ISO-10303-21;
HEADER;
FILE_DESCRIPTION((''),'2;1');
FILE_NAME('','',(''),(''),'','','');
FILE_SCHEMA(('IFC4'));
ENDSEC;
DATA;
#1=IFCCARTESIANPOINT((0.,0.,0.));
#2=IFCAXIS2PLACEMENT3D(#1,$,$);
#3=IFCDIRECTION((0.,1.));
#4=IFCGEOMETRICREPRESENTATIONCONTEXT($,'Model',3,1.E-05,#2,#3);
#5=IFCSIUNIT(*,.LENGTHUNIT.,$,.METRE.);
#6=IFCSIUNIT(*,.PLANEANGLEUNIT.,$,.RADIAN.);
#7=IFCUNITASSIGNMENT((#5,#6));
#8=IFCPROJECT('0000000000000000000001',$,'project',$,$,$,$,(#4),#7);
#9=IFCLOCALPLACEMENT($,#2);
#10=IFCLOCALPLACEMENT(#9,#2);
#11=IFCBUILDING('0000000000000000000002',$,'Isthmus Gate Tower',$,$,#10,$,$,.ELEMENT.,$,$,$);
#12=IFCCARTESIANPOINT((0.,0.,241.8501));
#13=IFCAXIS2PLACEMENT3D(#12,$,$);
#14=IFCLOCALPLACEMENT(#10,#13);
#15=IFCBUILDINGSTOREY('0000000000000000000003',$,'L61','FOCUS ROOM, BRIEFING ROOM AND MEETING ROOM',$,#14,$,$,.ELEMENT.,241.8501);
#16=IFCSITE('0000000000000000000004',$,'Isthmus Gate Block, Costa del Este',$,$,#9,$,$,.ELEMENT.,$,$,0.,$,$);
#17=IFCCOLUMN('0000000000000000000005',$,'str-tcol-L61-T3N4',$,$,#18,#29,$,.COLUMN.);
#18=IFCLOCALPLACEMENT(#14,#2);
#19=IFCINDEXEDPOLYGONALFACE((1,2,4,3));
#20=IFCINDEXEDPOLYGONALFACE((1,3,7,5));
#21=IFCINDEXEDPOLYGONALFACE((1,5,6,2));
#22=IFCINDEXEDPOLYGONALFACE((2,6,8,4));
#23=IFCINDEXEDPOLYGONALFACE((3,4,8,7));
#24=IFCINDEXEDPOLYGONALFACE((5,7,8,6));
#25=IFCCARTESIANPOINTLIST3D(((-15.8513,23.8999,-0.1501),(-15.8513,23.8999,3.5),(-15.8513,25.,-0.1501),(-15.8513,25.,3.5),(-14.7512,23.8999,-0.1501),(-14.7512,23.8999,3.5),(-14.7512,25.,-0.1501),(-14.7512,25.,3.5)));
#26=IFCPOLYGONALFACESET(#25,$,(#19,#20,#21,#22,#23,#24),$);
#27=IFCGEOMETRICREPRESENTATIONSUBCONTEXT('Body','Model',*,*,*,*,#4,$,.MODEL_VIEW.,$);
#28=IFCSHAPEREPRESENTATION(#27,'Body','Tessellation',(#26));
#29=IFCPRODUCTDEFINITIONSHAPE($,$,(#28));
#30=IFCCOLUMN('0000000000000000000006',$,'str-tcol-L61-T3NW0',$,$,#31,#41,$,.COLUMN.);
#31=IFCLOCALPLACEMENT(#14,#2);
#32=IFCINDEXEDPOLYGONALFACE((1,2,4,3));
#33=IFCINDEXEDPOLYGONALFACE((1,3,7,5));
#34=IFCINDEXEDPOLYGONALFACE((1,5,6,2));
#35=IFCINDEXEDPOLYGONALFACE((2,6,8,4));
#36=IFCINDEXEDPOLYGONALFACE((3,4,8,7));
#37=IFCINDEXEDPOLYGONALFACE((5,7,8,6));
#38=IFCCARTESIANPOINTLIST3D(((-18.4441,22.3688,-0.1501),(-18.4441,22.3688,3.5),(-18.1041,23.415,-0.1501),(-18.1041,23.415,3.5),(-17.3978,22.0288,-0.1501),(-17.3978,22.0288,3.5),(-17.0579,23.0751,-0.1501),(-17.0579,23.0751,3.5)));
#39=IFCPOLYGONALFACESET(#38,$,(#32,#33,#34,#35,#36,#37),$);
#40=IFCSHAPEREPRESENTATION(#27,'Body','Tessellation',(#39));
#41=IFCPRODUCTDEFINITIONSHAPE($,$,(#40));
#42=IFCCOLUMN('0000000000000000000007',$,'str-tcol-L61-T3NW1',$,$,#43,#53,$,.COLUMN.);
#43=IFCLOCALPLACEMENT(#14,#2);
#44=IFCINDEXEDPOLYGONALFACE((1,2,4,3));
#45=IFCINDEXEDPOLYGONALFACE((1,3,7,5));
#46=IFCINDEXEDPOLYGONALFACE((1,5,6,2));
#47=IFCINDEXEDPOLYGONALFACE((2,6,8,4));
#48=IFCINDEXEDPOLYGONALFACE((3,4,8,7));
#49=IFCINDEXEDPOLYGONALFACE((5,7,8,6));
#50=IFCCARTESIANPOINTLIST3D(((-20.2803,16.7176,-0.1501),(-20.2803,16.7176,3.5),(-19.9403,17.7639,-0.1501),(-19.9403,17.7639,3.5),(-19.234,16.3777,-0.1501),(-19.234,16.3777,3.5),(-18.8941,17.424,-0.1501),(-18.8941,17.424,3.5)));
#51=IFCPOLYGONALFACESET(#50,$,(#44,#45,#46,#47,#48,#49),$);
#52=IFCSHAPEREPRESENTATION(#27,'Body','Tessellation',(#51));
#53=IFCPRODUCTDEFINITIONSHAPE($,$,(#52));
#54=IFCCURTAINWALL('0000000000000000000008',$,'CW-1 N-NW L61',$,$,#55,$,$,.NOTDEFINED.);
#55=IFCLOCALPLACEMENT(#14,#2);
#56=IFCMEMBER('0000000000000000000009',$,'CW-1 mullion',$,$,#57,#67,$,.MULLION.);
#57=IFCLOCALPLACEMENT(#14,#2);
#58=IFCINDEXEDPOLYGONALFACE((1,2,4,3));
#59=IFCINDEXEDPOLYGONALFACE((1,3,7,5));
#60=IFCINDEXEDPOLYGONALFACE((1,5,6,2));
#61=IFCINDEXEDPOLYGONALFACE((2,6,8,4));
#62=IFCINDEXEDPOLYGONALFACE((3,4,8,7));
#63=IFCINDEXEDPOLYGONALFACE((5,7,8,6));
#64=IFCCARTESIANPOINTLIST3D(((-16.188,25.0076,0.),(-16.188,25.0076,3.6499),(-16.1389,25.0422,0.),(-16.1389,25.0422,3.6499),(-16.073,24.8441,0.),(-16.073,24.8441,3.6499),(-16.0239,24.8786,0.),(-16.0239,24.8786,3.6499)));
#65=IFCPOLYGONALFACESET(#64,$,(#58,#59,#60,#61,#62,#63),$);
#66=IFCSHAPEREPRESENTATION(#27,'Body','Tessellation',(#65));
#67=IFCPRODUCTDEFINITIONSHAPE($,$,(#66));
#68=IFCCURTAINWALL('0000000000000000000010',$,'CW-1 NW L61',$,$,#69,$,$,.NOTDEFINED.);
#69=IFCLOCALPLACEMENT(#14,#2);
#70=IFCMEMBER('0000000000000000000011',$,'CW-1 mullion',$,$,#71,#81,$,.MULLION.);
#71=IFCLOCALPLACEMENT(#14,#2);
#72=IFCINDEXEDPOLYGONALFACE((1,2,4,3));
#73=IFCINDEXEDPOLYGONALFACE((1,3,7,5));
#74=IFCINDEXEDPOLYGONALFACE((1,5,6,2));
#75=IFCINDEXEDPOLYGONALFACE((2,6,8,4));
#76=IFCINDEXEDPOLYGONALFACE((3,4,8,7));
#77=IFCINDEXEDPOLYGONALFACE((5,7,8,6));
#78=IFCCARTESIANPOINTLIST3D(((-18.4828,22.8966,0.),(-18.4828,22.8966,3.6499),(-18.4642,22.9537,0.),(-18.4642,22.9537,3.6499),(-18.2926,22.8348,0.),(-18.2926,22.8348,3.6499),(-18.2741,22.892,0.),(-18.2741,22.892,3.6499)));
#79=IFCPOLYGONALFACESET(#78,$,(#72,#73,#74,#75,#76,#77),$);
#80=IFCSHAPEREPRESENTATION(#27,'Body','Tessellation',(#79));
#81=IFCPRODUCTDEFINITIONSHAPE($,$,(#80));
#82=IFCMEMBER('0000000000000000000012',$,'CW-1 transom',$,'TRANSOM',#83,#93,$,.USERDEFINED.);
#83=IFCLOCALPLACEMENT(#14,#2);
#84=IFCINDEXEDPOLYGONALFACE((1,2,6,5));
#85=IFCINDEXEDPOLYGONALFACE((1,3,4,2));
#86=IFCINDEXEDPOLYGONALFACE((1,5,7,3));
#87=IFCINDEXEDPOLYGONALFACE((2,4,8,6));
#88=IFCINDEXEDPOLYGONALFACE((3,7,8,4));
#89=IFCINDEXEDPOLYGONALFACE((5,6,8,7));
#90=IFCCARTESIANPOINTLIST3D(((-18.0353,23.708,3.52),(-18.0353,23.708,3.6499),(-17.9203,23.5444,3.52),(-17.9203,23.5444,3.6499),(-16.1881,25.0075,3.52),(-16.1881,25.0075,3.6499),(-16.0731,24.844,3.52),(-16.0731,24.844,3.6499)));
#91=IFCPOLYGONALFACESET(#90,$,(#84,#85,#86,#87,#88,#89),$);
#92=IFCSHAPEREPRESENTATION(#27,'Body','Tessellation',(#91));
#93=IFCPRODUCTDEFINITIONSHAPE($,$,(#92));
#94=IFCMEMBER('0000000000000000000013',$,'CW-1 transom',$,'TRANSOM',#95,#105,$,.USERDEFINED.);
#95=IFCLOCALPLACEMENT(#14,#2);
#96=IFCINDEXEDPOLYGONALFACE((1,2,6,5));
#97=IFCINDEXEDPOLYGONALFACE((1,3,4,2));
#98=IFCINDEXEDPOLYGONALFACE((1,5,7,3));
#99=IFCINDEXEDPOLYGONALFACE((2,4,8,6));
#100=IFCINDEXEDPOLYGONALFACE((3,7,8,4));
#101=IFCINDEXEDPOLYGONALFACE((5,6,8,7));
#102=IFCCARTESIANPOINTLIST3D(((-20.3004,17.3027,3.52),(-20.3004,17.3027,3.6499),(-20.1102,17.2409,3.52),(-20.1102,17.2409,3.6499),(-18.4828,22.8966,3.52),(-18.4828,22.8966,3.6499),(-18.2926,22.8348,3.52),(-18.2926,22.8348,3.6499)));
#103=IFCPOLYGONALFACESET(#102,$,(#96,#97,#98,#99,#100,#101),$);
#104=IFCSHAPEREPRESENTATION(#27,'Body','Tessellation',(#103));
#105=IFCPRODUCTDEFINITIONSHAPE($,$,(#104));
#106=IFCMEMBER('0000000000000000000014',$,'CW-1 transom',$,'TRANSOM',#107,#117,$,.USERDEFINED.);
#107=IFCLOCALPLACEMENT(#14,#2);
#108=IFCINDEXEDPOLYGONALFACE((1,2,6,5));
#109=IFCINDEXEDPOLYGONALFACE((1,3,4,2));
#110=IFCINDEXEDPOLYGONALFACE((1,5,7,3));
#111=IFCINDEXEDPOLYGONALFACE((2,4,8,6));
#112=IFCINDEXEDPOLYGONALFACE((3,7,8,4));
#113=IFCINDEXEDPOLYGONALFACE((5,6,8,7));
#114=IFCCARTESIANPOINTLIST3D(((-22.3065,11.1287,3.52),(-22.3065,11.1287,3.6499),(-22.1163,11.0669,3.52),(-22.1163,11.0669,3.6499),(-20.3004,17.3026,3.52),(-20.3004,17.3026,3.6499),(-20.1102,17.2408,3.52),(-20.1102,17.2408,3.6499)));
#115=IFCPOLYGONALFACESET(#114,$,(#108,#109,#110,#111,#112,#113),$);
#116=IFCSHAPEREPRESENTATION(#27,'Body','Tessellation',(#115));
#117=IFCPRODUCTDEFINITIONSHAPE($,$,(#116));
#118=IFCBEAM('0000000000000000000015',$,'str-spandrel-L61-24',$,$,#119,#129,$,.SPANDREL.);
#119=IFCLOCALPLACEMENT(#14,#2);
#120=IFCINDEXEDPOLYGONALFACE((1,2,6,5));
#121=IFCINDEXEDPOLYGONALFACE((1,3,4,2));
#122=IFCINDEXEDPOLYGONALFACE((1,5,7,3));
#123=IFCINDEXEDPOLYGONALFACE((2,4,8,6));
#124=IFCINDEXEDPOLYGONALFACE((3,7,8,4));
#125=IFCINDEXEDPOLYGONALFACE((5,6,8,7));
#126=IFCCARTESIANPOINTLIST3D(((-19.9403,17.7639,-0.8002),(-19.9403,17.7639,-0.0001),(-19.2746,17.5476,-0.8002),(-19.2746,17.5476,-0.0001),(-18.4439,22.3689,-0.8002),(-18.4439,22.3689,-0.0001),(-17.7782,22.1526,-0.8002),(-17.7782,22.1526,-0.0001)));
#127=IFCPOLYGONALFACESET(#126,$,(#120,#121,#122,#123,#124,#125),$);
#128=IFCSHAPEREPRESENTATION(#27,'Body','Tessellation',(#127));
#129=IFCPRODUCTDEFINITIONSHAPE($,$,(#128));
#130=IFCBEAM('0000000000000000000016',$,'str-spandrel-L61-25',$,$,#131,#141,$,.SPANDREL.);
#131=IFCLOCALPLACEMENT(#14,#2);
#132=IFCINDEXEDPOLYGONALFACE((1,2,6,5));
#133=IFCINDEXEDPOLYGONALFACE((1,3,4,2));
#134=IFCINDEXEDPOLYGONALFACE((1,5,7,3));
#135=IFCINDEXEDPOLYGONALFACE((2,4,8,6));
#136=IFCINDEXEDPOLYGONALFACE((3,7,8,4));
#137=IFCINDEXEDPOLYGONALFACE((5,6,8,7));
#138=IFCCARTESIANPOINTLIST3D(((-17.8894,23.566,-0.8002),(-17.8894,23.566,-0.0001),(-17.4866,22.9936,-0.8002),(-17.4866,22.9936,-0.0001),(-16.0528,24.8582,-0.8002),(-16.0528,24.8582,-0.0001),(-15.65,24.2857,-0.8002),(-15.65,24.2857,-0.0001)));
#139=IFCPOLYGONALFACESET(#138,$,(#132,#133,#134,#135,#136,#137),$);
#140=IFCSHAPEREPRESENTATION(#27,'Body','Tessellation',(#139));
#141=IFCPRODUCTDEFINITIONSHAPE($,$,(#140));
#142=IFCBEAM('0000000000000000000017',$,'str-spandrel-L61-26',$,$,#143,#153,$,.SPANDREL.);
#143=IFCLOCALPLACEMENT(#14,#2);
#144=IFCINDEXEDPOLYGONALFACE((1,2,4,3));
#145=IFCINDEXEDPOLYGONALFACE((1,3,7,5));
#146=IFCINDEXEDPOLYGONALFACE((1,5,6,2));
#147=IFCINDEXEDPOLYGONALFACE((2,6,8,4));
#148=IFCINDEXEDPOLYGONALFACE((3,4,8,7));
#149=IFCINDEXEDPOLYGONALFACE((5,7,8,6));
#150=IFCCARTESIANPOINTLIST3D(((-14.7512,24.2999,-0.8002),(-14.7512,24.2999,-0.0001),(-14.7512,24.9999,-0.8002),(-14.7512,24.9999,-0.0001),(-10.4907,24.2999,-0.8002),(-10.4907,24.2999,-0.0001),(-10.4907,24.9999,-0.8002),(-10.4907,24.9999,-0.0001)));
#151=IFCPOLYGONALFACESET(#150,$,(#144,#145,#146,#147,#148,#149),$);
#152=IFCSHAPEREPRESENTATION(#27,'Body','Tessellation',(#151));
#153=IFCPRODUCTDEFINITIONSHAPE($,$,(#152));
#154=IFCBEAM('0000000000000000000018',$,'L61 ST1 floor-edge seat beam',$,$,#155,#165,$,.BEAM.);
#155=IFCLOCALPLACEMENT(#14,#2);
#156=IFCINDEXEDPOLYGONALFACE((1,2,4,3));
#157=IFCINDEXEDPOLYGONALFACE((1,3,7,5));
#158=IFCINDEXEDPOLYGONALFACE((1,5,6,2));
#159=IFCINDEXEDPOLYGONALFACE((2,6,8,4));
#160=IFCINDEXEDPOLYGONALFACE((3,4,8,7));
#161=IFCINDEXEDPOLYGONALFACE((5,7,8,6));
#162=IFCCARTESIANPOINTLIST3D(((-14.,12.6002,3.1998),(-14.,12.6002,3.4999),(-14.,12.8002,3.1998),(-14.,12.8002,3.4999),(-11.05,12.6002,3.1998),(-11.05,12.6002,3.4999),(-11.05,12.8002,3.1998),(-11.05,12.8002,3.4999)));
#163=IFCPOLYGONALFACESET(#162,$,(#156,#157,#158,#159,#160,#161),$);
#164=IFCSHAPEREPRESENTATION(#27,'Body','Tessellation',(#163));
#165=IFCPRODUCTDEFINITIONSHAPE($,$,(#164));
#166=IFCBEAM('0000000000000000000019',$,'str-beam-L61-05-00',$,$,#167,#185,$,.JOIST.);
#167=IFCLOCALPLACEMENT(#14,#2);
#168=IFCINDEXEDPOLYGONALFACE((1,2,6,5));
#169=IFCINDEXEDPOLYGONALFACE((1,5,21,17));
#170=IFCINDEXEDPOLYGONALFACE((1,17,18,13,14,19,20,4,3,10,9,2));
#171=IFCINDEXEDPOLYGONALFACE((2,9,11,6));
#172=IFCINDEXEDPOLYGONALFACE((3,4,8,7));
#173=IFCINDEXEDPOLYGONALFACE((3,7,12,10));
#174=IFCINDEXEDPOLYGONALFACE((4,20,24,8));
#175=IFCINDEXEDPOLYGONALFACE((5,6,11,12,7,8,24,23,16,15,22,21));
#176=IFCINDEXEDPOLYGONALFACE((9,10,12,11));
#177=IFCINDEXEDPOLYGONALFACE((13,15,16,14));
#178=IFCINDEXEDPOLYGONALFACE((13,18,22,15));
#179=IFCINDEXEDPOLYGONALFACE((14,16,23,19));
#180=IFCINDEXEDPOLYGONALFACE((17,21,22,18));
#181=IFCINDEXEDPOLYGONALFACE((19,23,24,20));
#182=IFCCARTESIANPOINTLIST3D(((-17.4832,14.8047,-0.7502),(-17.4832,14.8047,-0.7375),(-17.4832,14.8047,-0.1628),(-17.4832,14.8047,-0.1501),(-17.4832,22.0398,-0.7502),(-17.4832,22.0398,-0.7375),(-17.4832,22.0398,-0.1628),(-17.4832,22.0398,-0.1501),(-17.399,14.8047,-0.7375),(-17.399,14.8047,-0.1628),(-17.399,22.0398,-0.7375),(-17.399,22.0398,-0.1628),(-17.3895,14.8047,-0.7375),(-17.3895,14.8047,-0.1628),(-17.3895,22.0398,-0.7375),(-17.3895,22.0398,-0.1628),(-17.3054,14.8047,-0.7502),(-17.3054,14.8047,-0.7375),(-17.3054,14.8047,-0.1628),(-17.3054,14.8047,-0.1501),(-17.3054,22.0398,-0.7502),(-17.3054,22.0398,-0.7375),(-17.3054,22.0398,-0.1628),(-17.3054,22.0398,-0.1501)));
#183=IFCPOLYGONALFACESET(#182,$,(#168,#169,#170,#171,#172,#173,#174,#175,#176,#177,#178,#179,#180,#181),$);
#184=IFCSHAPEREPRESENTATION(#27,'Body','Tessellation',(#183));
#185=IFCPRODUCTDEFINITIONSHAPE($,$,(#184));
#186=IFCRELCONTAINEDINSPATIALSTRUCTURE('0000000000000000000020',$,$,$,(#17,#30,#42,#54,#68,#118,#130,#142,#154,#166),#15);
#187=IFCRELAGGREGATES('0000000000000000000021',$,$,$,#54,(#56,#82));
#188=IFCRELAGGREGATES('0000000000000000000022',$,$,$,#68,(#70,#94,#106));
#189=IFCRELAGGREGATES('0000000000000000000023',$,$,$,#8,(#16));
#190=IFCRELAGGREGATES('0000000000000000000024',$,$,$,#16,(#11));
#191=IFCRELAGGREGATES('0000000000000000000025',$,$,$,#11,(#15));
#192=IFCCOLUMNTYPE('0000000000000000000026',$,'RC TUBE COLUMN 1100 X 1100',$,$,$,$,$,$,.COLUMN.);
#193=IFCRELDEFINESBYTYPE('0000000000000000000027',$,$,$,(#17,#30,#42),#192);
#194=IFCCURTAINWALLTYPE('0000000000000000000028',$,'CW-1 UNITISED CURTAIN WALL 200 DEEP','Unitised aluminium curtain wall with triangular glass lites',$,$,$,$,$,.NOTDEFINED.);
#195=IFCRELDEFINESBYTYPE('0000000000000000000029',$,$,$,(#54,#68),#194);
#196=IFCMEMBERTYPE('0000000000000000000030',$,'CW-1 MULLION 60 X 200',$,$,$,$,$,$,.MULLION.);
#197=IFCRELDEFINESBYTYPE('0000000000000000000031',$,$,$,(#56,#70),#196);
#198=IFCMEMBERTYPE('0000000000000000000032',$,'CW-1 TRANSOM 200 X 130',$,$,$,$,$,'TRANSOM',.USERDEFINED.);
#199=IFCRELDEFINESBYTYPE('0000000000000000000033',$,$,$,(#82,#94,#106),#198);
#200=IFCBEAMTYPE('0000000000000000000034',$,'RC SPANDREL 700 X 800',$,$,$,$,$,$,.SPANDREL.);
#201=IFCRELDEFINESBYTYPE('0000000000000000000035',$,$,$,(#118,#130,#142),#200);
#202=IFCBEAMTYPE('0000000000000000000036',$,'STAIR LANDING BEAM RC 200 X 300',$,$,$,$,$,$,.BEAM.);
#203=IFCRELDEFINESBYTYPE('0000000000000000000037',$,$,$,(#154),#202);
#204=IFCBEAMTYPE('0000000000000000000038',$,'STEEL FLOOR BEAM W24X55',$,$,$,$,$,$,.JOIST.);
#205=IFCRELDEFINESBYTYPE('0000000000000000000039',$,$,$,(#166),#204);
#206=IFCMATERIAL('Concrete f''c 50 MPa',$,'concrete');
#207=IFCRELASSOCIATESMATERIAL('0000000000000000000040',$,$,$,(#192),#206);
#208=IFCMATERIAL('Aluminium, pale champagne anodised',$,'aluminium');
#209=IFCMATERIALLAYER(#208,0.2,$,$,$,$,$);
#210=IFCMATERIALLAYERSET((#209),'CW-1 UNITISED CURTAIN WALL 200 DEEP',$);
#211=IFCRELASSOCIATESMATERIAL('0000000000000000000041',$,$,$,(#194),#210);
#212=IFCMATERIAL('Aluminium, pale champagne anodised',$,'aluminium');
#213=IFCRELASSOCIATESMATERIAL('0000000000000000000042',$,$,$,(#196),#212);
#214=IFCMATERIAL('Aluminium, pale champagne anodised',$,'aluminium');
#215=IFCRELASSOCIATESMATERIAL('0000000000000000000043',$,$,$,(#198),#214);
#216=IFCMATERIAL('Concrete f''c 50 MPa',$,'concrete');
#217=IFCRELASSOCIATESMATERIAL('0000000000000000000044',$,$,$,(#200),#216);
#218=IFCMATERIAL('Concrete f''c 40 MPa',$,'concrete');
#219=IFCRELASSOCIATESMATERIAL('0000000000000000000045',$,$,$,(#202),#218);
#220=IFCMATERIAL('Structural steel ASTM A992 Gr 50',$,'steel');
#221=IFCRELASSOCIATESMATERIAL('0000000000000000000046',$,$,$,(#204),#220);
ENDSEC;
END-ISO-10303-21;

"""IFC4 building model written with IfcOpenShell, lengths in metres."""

from ifc_helpers import new_model, si_unit, direction, frame, origin, origin_2d, place, context, subcontext, project, spatial, rectangle, i_section, extrude, material, layer, layer_set, material_profile, profile_set, type_object, element, aggregate, save


model = new_model("IFC4")

# Units and contexts
model_context = context("Model", 3, precision=1e-05, world=origin(), true_north=direction((0.0, 1.0)))
body_context = subcontext(model_context, "Body", "Model", "MODEL_VIEW")
ifc_project = project(units=[si_unit("LENGTHUNIT", "METRE"), si_unit("PLANEANGLEUNIT", "RADIAN")], contexts=[model_context])

# Site, building, storey
site_placement = place(None, origin())
site = spatial("IfcSite", under=ifc_project, at=site_placement, Name="Isthmus Gate Block, Costa del Este", CompositionType="ELEMENT", RefElevation=0.0)
building_placement = place(site_placement, origin())
building = spatial("IfcBuilding", under=site, at=building_placement, Name="Isthmus Gate Tower", CompositionType="ELEMENT")
storey_placement = place(building_placement, frame((0.0, 0.0, 241.8501)))
storey = spatial("IfcBuildingStorey", under=building, at=storey_placement, Name="L61", Description="FOCUS ROOM, BRIEFING ROOM AND MEETING ROOM", CompositionType="ELEMENT", Elevation=241.8501)

# Columns
ifc_material_1 = material(Name="Concrete f'c 50 MPa", Category="concrete")
ifc_material_profile_1 = material_profile(ifc_material_1, rectangle(XDim=1.1001, YDim=1.1001, at=origin_2d()), Name="RC 1100X1100")
ifc_profile_set_1 = profile_set([ifc_material_profile_1], Name="Concrete f'c 50 MPa")
column_type = type_object("IfcColumnType", Name="RC TUBE COLUMN 1100 X 1100", PredefinedType="COLUMN", material=ifc_profile_set_1)
for number, where, z_axis, x_axis, name in (
    (1, (-15.3013, 24.45, -0.1501), (0.0, 0.0, 1.0), (-1.0, 0.0, 0.0), "str-tcol-L61-T3N4"),
    (2, (-17.751, 22.7219, -0.1501), (0.0, 0.0, 1.0), (-0.309017, -0.951057, 0.0), "str-tcol-L61-T3NW0"),
    (3, (-19.5872, 17.0708, -0.1501), (0.0, 0.0, 1.0), (-0.309017, -0.951057, 0.0), "str-tcol-L61-T3NW1"),
):
    element("IfcColumn", number, at=place(storey_placement, frame(where, z_axis=z_axis, x_axis=x_axis)), inside=storey, type_object=column_type, Name=name, PredefinedType="COLUMN", context=body_context, shape_type="SweptSolid", body=[
        extrude(rectangle(XDim=1.1001, YDim=1.1001, at=origin_2d()), origin(), (0.0, 0.0, 1.0), 3.6501),
    ])

# Curtain walls, members
ifc_material_2 = material(Name="Aluminium, pale champagne anodised", Category="aluminium")
ifc_layer_1 = layer(ifc_material_2, 0.2)
ifc_layer_set_1 = layer_set([ifc_layer_1], Name="CW-1 UNITISED CURTAIN WALL 200 DEEP")
curtain_wall_type = type_object("IfcCurtainWallType", Name="CW-1 UNITISED CURTAIN WALL 200 DEEP", Description="Unitised aluminium curtain wall with triangular glass lites", PredefinedType="NOTDEFINED", material=ifc_layer_set_1)
curtain_wall_1_placement = place(storey_placement, origin())
curtain_wall_1 = element("IfcCurtainWall", 4, at=curtain_wall_1_placement, inside=storey, type_object=curtain_wall_type, Name="CW-1 N-NW L61", PredefinedType="NOTDEFINED")
ifc_material_3 = material(Name="Aluminium, pale champagne anodised", Category="aluminium")
ifc_material_profile_2 = material_profile(ifc_material_3, rectangle(XDim=0.0601, YDim=0.2, at=origin_2d()), Name="60x200")
ifc_profile_set_2 = profile_set([ifc_material_profile_2], Name="Aluminium, pale champagne anodised")
member_type_1 = type_object("IfcMemberType", Name="CW-1 MULLION 60 X 200", PredefinedType="MULLION", material=ifc_profile_set_2)
member_1_placement = place(storey_placement, frame((-16.106, 24.9431, 0.0), z_axis=(0.0, 0.0, 1.0), x_axis=(-0.81786, -0.575418, 0.0)))
member_1 = element("IfcMember", 5, at=member_1_placement, type_object=member_type_1, Name="CW-1 mullion", PredefinedType="MULLION", context=body_context, shape_type="SweptSolid", body=[
    extrude(rectangle(XDim=0.0601, YDim=0.2, at=origin_2d()), origin(), (0.0, 0.0, 1.0), 3.6499),
])
curtain_wall_2_placement = place(storey_placement, origin())
curtain_wall_2 = element("IfcCurtainWall", 6, at=curtain_wall_2_placement, inside=storey, type_object=curtain_wall_type, Name="CW-1 NW L61", PredefinedType="NOTDEFINED")
member_2_placement = place(storey_placement, frame((-18.3784, 22.8943, 0.0), z_axis=(0.0, 0.0, 1.0), x_axis=(-0.309017, -0.951057, 0.0)))
member_2 = element("IfcMember", 7, at=member_2_placement, type_object=member_type_1, Name="CW-1 mullion", PredefinedType="MULLION", context=body_context, shape_type="SweptSolid", body=[
    extrude(rectangle(XDim=0.0601, YDim=0.2, at=origin_2d()), origin(), (0.0, 0.0, 1.0), 3.6499),
])

# Members
ifc_material_4 = material(Name="Aluminium, pale champagne anodised", Category="aluminium")
ifc_material_profile_3 = material_profile(ifc_material_4, rectangle(XDim=0.2, YDim=0.1299, at=origin_2d()), Name="200x130")
ifc_profile_set_3 = profile_set([ifc_material_profile_3], Name="Aluminium, pale champagne anodised")
member_type_2 = type_object("IfcMemberType", Name="CW-1 TRANSOM 200 X 130", ElementType="TRANSOM", PredefinedType="USERDEFINED", material=ifc_profile_set_3)
member_3_placement = place(storey_placement, frame((-16.1306, 24.9258, 3.585), z_axis=(-0.817869, -0.575405, 0.0), x_axis=(0.575405, -0.817869, 0.0)))
member_3 = element("IfcMember", 8, at=member_3_placement, type_object=member_type_2, Name="CW-1 transom", ObjectType="TRANSOM", PredefinedType="USERDEFINED", context=body_context, shape_type="SweptSolid", body=[
    extrude(rectangle(XDim=0.2, YDim=0.1299, at=origin_2d()), origin(), (0.0, 0.0, 1.0), 2.2585),
])
member_4_placement = place(storey_placement, frame((-18.3877, 22.8657, 3.585), z_axis=(-0.309021, -0.951055, 0.0), x_axis=(0.951055, -0.309021, 0.0)))
member_4 = element("IfcMember", 9, at=member_4_placement, type_object=member_type_2, Name="CW-1 transom", ObjectType="TRANSOM", PredefinedType="USERDEFINED", context=body_context, shape_type="SweptSolid", body=[
    extrude(rectangle(XDim=0.2, YDim=0.1299, at=origin_2d()), origin(), (0.0, 0.0, 1.0), 5.8818),
])
member_5_placement = place(storey_placement, frame((-20.2053, 17.2717, 3.585), z_axis=(-0.309021, -0.951055, 0.0), x_axis=(0.951055, -0.309021, 0.0)))
member_5 = element("IfcMember", 10, at=member_5_placement, type_object=member_type_2, Name="CW-1 transom", ObjectType="TRANSOM", PredefinedType="USERDEFINED", context=body_context, shape_type="SweptSolid", body=[
    extrude(rectangle(XDim=0.2, YDim=0.1299, at=origin_2d()), origin(), (0.0, 0.0, 1.0), 6.4917),
])

# Beams
ifc_material_5 = material(Name="Concrete f'c 50 MPa", Category="concrete")
ifc_material_profile_4 = material_profile(ifc_material_5, rectangle(XDim=0.7, YDim=0.8, at=origin_2d()), Name="RC 700X800")
ifc_profile_set_4 = profile_set([ifc_material_profile_4], Name="Concrete f'c 50 MPa")
beam_type_1 = type_object("IfcBeamType", Name="RC SPANDREL 700 X 800", PredefinedType="SPANDREL", material=ifc_profile_set_4)
beam_1_placement = place(storey_placement, frame((-19.6074, 17.6558, -0.4001), z_axis=(0.309034, 0.951051, 0.0), x_axis=(-0.951051, 0.309034, 0.0)))
element("IfcBeam", 11, at=beam_1_placement, inside=storey, type_object=beam_type_1, Name="str-spandrel-L61-24", PredefinedType="SPANDREL", context=body_context, shape_type="SweptSolid", body=[
    extrude(rectangle(XDim=0.7, YDim=0.8, at=origin_2d()), origin(), (0.0, 0.0, 1.0), 4.842),
])
beam_2_placement = place(storey_placement, frame((-17.688, 23.2798, -0.4001), z_axis=(0.817856, 0.575423, 0.0), x_axis=(-0.575423, 0.817856, 0.0)))
element("IfcBeam", 12, at=beam_2_placement, inside=storey, type_object=beam_type_1, Name="str-spandrel-L61-25", PredefinedType="SPANDREL", context=body_context, shape_type="SweptSolid", body=[
    extrude(rectangle(XDim=0.7, YDim=0.8, at=origin_2d()), origin(), (0.0, 0.0, 1.0), 2.2456),
])
beam_3_placement = place(storey_placement, frame((-14.7512, 24.6499, -0.4001), z_axis=(1.0, 0.0, 0.0), x_axis=(0.0, 1.0, 0.0)))
element("IfcBeam", 13, at=beam_3_placement, inside=storey, type_object=beam_type_1, Name="str-spandrel-L61-26", PredefinedType="SPANDREL", context=body_context, shape_type="SweptSolid", body=[
    extrude(rectangle(XDim=0.7, YDim=0.8, at=origin_2d()), origin(), (0.0, 0.0, 1.0), 4.2605),
])
ifc_material_6 = material(Name="Concrete f'c 40 MPa", Category="concrete")
ifc_material_profile_5 = material_profile(ifc_material_6, rectangle(XDim=0.2, YDim=0.3, at=origin_2d()), Name="STAIR LANDING BEAM RC 200 X 300")
ifc_profile_set_5 = profile_set([ifc_material_profile_5], Name="Concrete f'c 40 MPa")
beam_type_2 = type_object("IfcBeamType", Name="STAIR LANDING BEAM RC 200 X 300", PredefinedType="BEAM", material=ifc_profile_set_5)
beam_4_placement = place(storey_placement, frame((-14.0, 12.7002, 3.3499), z_axis=(1.0, 0.0, 0.0), x_axis=(0.0, 1.0, 0.0)))
element("IfcBeam", 14, at=beam_4_placement, inside=storey, type_object=beam_type_2, Name="L61 ST1 floor-edge seat beam", PredefinedType="BEAM", context=body_context, shape_type="SweptSolid", body=[
    extrude(rectangle(XDim=0.2, YDim=0.3, at=origin_2d()), origin(), (0.0, 0.0, 1.0), 2.95),
])
ifc_material_7 = material(Name="Structural steel ASTM A992 Gr 50", Category="steel")
ifc_material_profile_6 = material_profile(ifc_material_7, i_section(OverallWidth=0.1777, OverallDepth=0.6001, WebThickness=0.0095, FlangeThickness=0.0127, at=origin_2d()), Name="W24X55")
ifc_profile_set_6 = profile_set([ifc_material_profile_6], Name="Structural steel ASTM A992 Gr 50")
beam_type_3 = type_object("IfcBeamType", Name="STEEL FLOOR BEAM W24X55", PredefinedType="JOIST", material=ifc_profile_set_6)
beam_5_placement = place(storey_placement, frame((-17.3943, 14.8047, -0.4502), z_axis=(0.0, 1.0, 0.0), x_axis=(-1.0, 0.0, 0.0)))
element("IfcBeam", 15, at=beam_5_placement, inside=storey, type_object=beam_type_3, Name="str-beam-L61-05-00", PredefinedType="JOIST", context=body_context, shape_type="SweptSolid", body=[
    extrude(i_section(OverallWidth=0.1777, OverallDepth=0.6001, WebThickness=0.0095, FlangeThickness=0.0127, at=origin_2d()), origin(), (0.0, 0.0, 1.0), 7.2351),
])

aggregate(curtain_wall_1, [member_1, member_3])

aggregate(curtain_wall_2, [member_2, member_4, member_5])

save(model, "model.ifc")
